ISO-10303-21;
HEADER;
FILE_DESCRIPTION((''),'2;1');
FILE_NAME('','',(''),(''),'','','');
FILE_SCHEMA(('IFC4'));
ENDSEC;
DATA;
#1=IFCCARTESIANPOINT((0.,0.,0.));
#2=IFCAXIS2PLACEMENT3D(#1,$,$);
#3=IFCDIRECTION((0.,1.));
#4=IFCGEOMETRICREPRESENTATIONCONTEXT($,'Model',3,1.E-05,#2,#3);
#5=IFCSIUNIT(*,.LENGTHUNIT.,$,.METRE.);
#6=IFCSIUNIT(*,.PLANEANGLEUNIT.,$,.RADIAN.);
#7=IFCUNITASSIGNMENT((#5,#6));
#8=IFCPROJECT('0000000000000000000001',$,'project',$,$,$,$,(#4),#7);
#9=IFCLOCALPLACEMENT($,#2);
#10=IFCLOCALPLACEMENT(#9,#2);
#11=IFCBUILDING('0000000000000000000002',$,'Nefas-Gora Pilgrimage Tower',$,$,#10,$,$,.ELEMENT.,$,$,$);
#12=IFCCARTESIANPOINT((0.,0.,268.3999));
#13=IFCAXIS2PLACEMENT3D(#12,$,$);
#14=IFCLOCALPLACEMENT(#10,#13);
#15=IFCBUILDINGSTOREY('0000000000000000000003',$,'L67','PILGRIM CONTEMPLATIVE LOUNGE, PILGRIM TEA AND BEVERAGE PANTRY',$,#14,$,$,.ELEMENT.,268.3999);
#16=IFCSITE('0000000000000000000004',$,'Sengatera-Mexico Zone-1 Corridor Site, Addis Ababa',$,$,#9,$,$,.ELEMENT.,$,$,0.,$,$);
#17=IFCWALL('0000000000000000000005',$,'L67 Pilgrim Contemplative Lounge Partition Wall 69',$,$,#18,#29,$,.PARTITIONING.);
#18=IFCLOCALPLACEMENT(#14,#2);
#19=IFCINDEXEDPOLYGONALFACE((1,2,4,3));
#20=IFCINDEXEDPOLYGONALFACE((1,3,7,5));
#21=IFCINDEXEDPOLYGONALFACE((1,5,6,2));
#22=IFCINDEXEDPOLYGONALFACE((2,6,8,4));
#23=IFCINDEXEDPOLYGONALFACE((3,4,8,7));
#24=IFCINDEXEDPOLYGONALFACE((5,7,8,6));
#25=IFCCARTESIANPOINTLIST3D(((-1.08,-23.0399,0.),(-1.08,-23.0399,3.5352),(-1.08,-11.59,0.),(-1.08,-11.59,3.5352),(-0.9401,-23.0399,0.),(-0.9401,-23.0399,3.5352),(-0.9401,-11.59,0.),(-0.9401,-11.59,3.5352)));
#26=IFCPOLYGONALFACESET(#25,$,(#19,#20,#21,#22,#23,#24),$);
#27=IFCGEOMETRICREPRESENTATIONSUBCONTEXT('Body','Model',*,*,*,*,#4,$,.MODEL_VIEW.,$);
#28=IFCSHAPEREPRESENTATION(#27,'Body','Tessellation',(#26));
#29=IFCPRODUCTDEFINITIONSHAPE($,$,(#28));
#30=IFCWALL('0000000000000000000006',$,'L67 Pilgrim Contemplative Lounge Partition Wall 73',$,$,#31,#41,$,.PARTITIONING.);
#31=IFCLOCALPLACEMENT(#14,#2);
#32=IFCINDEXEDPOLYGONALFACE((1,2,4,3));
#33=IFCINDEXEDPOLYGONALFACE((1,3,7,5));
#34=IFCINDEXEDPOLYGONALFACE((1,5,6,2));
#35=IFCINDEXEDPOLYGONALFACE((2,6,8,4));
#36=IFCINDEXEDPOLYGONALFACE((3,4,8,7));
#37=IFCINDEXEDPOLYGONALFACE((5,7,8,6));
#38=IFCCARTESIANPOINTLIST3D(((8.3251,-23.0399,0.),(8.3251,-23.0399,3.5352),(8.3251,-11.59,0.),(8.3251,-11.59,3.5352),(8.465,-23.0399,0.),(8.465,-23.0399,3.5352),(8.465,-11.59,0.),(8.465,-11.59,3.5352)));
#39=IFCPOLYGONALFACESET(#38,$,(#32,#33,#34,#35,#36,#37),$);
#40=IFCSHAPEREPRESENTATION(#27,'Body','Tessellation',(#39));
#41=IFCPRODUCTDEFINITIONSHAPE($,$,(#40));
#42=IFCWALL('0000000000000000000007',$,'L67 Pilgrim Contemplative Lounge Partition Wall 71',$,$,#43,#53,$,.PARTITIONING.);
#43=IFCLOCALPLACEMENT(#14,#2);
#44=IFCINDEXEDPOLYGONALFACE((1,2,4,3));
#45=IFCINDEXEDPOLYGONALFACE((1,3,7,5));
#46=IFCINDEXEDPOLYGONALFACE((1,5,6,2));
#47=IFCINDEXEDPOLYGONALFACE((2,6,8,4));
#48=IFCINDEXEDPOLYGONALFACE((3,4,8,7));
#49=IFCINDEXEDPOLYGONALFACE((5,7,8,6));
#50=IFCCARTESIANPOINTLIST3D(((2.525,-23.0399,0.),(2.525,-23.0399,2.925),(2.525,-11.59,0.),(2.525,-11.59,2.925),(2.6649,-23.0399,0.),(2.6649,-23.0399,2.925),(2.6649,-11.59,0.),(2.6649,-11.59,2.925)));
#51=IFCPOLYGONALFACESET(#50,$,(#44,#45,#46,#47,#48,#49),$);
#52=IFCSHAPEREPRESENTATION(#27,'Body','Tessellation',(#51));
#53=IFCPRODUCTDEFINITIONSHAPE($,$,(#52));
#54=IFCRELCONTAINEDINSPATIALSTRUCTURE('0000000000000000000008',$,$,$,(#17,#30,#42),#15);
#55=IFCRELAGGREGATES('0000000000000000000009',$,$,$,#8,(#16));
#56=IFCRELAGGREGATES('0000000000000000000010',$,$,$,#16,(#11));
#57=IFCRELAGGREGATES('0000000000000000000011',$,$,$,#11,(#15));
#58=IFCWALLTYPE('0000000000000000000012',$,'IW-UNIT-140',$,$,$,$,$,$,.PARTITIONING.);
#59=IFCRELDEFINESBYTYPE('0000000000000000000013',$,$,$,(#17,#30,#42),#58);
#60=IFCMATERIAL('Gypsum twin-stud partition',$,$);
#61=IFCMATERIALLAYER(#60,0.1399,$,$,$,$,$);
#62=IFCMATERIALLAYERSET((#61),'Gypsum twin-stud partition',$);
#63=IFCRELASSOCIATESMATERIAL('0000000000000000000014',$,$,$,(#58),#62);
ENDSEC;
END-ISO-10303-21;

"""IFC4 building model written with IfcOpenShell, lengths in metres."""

from ifc_helpers import new_model, si_unit, direction, frame, frame_2d, origin, place, context, subcontext, project, spatial, rectangle, extrude, source, transform, mapped, material, layer, layer_set, type_object, element, save


model = new_model("IFC4")

# Units and contexts
model_context = context("Model", 3, precision=1e-05, world=origin(), true_north=direction((0.0, 1.0)))
body_context = subcontext(model_context, "Body", "Model", "MODEL_VIEW")
ifc_project = project(units=[si_unit("LENGTHUNIT", "METRE"), si_unit("PLANEANGLEUNIT", "RADIAN")], contexts=[model_context])

# Site, building, storey
site_placement = place(None, origin())
site = spatial("IfcSite", under=ifc_project, at=site_placement, Name="Sengatera-Mexico Zone-1 Corridor Site, Addis Ababa", CompositionType="ELEMENT", RefElevation=0.0)
building_placement = place(site_placement, origin())
building = spatial("IfcBuilding", under=site, at=building_placement, Name="Nefas-Gora Pilgrimage Tower", CompositionType="ELEMENT")
storey_placement = place(building_placement, frame((0.0, 0.0, 268.3999)))
storey = spatial("IfcBuildingStorey", under=building, at=storey_placement, Name="L67", Description="PILGRIM CONTEMPLATIVE LOUNGE, PILGRIM TEA AND BEVERAGE PANTRY", CompositionType="ELEMENT", Elevation=268.3999)

# Shared definitions
ifc_material_1 = material(Name="Gypsum twin-stud partition")
ifc_layer_1 = layer(ifc_material_1, 0.1399)
ifc_layer_set_1 = layer_set([ifc_layer_1], Name="Gypsum twin-stud partition")
wall_type_1 = type_object("IfcWallType", Name="IW-UNIT-140", PredefinedType="PARTITIONING", material=ifc_layer_set_1)

# Walls
shared_shape_1 = source(origin(), body_context, "Body", "SweptSolid", [
    extrude(rectangle(XDim=11.45, YDim=0.1399, at=frame_2d((5.7251, 0.0))), origin(), (0.0, 0.0, 1.0), 3.5352),
])
for number, where, z_axis, x_axis, name in (
    (1, (-1.01, -23.04, 0.0), (0.0, 0.0, 1.0), (0.0, 1.0, 0.0), "L67 Pilgrim Contemplative Lounge Partition Wall 69"),
    (2, (8.395, -23.04, 0.0), (0.0, 0.0, 1.0), (0.0, 1.0, 0.0), "L67 Pilgrim Contemplative Lounge Partition Wall 73"),
):
    element("IfcWall", number, at=place(storey_placement, frame(where, z_axis=z_axis, x_axis=x_axis)), inside=storey, type_object=wall_type_1, Name=name, PredefinedType="PARTITIONING", context=body_context, shape_type="MappedRepresentation", body=[
        mapped(shared_shape_1, transform((0.0, 0.0, 0.0), x_axis=(1.0, 0.0, 0.0), y_axis=(0.0, 1.0, 0.0), z_axis=(0.0, 0.0, 1.0), scale=1.0)),
    ])
shared_shape_2 = source(origin(), body_context, "Body", "SweptSolid", [
    extrude(rectangle(XDim=11.45, YDim=0.1399, at=frame_2d((5.7251, 0.0))), origin(), (0.0, 0.0, 1.0), 2.925),
])
wall_1_placement = place(storey_placement, frame((2.595, -23.04, 0.0), z_axis=(0.0, 0.0, 1.0), x_axis=(0.0, 1.0, 0.0)))
element("IfcWall", 3, at=wall_1_placement, inside=storey, type_object=wall_type_1, Name="L67 Pilgrim Contemplative Lounge Partition Wall 71", PredefinedType="PARTITIONING", context=body_context, shape_type="MappedRepresentation", body=[
    mapped(shared_shape_2, transform((0.0, 0.0, 0.0), x_axis=(1.0, 0.0, 0.0), y_axis=(0.0, 1.0, 0.0), z_axis=(0.0, 0.0, 1.0), scale=1.0)),
])

save(model, "model.ifc")
